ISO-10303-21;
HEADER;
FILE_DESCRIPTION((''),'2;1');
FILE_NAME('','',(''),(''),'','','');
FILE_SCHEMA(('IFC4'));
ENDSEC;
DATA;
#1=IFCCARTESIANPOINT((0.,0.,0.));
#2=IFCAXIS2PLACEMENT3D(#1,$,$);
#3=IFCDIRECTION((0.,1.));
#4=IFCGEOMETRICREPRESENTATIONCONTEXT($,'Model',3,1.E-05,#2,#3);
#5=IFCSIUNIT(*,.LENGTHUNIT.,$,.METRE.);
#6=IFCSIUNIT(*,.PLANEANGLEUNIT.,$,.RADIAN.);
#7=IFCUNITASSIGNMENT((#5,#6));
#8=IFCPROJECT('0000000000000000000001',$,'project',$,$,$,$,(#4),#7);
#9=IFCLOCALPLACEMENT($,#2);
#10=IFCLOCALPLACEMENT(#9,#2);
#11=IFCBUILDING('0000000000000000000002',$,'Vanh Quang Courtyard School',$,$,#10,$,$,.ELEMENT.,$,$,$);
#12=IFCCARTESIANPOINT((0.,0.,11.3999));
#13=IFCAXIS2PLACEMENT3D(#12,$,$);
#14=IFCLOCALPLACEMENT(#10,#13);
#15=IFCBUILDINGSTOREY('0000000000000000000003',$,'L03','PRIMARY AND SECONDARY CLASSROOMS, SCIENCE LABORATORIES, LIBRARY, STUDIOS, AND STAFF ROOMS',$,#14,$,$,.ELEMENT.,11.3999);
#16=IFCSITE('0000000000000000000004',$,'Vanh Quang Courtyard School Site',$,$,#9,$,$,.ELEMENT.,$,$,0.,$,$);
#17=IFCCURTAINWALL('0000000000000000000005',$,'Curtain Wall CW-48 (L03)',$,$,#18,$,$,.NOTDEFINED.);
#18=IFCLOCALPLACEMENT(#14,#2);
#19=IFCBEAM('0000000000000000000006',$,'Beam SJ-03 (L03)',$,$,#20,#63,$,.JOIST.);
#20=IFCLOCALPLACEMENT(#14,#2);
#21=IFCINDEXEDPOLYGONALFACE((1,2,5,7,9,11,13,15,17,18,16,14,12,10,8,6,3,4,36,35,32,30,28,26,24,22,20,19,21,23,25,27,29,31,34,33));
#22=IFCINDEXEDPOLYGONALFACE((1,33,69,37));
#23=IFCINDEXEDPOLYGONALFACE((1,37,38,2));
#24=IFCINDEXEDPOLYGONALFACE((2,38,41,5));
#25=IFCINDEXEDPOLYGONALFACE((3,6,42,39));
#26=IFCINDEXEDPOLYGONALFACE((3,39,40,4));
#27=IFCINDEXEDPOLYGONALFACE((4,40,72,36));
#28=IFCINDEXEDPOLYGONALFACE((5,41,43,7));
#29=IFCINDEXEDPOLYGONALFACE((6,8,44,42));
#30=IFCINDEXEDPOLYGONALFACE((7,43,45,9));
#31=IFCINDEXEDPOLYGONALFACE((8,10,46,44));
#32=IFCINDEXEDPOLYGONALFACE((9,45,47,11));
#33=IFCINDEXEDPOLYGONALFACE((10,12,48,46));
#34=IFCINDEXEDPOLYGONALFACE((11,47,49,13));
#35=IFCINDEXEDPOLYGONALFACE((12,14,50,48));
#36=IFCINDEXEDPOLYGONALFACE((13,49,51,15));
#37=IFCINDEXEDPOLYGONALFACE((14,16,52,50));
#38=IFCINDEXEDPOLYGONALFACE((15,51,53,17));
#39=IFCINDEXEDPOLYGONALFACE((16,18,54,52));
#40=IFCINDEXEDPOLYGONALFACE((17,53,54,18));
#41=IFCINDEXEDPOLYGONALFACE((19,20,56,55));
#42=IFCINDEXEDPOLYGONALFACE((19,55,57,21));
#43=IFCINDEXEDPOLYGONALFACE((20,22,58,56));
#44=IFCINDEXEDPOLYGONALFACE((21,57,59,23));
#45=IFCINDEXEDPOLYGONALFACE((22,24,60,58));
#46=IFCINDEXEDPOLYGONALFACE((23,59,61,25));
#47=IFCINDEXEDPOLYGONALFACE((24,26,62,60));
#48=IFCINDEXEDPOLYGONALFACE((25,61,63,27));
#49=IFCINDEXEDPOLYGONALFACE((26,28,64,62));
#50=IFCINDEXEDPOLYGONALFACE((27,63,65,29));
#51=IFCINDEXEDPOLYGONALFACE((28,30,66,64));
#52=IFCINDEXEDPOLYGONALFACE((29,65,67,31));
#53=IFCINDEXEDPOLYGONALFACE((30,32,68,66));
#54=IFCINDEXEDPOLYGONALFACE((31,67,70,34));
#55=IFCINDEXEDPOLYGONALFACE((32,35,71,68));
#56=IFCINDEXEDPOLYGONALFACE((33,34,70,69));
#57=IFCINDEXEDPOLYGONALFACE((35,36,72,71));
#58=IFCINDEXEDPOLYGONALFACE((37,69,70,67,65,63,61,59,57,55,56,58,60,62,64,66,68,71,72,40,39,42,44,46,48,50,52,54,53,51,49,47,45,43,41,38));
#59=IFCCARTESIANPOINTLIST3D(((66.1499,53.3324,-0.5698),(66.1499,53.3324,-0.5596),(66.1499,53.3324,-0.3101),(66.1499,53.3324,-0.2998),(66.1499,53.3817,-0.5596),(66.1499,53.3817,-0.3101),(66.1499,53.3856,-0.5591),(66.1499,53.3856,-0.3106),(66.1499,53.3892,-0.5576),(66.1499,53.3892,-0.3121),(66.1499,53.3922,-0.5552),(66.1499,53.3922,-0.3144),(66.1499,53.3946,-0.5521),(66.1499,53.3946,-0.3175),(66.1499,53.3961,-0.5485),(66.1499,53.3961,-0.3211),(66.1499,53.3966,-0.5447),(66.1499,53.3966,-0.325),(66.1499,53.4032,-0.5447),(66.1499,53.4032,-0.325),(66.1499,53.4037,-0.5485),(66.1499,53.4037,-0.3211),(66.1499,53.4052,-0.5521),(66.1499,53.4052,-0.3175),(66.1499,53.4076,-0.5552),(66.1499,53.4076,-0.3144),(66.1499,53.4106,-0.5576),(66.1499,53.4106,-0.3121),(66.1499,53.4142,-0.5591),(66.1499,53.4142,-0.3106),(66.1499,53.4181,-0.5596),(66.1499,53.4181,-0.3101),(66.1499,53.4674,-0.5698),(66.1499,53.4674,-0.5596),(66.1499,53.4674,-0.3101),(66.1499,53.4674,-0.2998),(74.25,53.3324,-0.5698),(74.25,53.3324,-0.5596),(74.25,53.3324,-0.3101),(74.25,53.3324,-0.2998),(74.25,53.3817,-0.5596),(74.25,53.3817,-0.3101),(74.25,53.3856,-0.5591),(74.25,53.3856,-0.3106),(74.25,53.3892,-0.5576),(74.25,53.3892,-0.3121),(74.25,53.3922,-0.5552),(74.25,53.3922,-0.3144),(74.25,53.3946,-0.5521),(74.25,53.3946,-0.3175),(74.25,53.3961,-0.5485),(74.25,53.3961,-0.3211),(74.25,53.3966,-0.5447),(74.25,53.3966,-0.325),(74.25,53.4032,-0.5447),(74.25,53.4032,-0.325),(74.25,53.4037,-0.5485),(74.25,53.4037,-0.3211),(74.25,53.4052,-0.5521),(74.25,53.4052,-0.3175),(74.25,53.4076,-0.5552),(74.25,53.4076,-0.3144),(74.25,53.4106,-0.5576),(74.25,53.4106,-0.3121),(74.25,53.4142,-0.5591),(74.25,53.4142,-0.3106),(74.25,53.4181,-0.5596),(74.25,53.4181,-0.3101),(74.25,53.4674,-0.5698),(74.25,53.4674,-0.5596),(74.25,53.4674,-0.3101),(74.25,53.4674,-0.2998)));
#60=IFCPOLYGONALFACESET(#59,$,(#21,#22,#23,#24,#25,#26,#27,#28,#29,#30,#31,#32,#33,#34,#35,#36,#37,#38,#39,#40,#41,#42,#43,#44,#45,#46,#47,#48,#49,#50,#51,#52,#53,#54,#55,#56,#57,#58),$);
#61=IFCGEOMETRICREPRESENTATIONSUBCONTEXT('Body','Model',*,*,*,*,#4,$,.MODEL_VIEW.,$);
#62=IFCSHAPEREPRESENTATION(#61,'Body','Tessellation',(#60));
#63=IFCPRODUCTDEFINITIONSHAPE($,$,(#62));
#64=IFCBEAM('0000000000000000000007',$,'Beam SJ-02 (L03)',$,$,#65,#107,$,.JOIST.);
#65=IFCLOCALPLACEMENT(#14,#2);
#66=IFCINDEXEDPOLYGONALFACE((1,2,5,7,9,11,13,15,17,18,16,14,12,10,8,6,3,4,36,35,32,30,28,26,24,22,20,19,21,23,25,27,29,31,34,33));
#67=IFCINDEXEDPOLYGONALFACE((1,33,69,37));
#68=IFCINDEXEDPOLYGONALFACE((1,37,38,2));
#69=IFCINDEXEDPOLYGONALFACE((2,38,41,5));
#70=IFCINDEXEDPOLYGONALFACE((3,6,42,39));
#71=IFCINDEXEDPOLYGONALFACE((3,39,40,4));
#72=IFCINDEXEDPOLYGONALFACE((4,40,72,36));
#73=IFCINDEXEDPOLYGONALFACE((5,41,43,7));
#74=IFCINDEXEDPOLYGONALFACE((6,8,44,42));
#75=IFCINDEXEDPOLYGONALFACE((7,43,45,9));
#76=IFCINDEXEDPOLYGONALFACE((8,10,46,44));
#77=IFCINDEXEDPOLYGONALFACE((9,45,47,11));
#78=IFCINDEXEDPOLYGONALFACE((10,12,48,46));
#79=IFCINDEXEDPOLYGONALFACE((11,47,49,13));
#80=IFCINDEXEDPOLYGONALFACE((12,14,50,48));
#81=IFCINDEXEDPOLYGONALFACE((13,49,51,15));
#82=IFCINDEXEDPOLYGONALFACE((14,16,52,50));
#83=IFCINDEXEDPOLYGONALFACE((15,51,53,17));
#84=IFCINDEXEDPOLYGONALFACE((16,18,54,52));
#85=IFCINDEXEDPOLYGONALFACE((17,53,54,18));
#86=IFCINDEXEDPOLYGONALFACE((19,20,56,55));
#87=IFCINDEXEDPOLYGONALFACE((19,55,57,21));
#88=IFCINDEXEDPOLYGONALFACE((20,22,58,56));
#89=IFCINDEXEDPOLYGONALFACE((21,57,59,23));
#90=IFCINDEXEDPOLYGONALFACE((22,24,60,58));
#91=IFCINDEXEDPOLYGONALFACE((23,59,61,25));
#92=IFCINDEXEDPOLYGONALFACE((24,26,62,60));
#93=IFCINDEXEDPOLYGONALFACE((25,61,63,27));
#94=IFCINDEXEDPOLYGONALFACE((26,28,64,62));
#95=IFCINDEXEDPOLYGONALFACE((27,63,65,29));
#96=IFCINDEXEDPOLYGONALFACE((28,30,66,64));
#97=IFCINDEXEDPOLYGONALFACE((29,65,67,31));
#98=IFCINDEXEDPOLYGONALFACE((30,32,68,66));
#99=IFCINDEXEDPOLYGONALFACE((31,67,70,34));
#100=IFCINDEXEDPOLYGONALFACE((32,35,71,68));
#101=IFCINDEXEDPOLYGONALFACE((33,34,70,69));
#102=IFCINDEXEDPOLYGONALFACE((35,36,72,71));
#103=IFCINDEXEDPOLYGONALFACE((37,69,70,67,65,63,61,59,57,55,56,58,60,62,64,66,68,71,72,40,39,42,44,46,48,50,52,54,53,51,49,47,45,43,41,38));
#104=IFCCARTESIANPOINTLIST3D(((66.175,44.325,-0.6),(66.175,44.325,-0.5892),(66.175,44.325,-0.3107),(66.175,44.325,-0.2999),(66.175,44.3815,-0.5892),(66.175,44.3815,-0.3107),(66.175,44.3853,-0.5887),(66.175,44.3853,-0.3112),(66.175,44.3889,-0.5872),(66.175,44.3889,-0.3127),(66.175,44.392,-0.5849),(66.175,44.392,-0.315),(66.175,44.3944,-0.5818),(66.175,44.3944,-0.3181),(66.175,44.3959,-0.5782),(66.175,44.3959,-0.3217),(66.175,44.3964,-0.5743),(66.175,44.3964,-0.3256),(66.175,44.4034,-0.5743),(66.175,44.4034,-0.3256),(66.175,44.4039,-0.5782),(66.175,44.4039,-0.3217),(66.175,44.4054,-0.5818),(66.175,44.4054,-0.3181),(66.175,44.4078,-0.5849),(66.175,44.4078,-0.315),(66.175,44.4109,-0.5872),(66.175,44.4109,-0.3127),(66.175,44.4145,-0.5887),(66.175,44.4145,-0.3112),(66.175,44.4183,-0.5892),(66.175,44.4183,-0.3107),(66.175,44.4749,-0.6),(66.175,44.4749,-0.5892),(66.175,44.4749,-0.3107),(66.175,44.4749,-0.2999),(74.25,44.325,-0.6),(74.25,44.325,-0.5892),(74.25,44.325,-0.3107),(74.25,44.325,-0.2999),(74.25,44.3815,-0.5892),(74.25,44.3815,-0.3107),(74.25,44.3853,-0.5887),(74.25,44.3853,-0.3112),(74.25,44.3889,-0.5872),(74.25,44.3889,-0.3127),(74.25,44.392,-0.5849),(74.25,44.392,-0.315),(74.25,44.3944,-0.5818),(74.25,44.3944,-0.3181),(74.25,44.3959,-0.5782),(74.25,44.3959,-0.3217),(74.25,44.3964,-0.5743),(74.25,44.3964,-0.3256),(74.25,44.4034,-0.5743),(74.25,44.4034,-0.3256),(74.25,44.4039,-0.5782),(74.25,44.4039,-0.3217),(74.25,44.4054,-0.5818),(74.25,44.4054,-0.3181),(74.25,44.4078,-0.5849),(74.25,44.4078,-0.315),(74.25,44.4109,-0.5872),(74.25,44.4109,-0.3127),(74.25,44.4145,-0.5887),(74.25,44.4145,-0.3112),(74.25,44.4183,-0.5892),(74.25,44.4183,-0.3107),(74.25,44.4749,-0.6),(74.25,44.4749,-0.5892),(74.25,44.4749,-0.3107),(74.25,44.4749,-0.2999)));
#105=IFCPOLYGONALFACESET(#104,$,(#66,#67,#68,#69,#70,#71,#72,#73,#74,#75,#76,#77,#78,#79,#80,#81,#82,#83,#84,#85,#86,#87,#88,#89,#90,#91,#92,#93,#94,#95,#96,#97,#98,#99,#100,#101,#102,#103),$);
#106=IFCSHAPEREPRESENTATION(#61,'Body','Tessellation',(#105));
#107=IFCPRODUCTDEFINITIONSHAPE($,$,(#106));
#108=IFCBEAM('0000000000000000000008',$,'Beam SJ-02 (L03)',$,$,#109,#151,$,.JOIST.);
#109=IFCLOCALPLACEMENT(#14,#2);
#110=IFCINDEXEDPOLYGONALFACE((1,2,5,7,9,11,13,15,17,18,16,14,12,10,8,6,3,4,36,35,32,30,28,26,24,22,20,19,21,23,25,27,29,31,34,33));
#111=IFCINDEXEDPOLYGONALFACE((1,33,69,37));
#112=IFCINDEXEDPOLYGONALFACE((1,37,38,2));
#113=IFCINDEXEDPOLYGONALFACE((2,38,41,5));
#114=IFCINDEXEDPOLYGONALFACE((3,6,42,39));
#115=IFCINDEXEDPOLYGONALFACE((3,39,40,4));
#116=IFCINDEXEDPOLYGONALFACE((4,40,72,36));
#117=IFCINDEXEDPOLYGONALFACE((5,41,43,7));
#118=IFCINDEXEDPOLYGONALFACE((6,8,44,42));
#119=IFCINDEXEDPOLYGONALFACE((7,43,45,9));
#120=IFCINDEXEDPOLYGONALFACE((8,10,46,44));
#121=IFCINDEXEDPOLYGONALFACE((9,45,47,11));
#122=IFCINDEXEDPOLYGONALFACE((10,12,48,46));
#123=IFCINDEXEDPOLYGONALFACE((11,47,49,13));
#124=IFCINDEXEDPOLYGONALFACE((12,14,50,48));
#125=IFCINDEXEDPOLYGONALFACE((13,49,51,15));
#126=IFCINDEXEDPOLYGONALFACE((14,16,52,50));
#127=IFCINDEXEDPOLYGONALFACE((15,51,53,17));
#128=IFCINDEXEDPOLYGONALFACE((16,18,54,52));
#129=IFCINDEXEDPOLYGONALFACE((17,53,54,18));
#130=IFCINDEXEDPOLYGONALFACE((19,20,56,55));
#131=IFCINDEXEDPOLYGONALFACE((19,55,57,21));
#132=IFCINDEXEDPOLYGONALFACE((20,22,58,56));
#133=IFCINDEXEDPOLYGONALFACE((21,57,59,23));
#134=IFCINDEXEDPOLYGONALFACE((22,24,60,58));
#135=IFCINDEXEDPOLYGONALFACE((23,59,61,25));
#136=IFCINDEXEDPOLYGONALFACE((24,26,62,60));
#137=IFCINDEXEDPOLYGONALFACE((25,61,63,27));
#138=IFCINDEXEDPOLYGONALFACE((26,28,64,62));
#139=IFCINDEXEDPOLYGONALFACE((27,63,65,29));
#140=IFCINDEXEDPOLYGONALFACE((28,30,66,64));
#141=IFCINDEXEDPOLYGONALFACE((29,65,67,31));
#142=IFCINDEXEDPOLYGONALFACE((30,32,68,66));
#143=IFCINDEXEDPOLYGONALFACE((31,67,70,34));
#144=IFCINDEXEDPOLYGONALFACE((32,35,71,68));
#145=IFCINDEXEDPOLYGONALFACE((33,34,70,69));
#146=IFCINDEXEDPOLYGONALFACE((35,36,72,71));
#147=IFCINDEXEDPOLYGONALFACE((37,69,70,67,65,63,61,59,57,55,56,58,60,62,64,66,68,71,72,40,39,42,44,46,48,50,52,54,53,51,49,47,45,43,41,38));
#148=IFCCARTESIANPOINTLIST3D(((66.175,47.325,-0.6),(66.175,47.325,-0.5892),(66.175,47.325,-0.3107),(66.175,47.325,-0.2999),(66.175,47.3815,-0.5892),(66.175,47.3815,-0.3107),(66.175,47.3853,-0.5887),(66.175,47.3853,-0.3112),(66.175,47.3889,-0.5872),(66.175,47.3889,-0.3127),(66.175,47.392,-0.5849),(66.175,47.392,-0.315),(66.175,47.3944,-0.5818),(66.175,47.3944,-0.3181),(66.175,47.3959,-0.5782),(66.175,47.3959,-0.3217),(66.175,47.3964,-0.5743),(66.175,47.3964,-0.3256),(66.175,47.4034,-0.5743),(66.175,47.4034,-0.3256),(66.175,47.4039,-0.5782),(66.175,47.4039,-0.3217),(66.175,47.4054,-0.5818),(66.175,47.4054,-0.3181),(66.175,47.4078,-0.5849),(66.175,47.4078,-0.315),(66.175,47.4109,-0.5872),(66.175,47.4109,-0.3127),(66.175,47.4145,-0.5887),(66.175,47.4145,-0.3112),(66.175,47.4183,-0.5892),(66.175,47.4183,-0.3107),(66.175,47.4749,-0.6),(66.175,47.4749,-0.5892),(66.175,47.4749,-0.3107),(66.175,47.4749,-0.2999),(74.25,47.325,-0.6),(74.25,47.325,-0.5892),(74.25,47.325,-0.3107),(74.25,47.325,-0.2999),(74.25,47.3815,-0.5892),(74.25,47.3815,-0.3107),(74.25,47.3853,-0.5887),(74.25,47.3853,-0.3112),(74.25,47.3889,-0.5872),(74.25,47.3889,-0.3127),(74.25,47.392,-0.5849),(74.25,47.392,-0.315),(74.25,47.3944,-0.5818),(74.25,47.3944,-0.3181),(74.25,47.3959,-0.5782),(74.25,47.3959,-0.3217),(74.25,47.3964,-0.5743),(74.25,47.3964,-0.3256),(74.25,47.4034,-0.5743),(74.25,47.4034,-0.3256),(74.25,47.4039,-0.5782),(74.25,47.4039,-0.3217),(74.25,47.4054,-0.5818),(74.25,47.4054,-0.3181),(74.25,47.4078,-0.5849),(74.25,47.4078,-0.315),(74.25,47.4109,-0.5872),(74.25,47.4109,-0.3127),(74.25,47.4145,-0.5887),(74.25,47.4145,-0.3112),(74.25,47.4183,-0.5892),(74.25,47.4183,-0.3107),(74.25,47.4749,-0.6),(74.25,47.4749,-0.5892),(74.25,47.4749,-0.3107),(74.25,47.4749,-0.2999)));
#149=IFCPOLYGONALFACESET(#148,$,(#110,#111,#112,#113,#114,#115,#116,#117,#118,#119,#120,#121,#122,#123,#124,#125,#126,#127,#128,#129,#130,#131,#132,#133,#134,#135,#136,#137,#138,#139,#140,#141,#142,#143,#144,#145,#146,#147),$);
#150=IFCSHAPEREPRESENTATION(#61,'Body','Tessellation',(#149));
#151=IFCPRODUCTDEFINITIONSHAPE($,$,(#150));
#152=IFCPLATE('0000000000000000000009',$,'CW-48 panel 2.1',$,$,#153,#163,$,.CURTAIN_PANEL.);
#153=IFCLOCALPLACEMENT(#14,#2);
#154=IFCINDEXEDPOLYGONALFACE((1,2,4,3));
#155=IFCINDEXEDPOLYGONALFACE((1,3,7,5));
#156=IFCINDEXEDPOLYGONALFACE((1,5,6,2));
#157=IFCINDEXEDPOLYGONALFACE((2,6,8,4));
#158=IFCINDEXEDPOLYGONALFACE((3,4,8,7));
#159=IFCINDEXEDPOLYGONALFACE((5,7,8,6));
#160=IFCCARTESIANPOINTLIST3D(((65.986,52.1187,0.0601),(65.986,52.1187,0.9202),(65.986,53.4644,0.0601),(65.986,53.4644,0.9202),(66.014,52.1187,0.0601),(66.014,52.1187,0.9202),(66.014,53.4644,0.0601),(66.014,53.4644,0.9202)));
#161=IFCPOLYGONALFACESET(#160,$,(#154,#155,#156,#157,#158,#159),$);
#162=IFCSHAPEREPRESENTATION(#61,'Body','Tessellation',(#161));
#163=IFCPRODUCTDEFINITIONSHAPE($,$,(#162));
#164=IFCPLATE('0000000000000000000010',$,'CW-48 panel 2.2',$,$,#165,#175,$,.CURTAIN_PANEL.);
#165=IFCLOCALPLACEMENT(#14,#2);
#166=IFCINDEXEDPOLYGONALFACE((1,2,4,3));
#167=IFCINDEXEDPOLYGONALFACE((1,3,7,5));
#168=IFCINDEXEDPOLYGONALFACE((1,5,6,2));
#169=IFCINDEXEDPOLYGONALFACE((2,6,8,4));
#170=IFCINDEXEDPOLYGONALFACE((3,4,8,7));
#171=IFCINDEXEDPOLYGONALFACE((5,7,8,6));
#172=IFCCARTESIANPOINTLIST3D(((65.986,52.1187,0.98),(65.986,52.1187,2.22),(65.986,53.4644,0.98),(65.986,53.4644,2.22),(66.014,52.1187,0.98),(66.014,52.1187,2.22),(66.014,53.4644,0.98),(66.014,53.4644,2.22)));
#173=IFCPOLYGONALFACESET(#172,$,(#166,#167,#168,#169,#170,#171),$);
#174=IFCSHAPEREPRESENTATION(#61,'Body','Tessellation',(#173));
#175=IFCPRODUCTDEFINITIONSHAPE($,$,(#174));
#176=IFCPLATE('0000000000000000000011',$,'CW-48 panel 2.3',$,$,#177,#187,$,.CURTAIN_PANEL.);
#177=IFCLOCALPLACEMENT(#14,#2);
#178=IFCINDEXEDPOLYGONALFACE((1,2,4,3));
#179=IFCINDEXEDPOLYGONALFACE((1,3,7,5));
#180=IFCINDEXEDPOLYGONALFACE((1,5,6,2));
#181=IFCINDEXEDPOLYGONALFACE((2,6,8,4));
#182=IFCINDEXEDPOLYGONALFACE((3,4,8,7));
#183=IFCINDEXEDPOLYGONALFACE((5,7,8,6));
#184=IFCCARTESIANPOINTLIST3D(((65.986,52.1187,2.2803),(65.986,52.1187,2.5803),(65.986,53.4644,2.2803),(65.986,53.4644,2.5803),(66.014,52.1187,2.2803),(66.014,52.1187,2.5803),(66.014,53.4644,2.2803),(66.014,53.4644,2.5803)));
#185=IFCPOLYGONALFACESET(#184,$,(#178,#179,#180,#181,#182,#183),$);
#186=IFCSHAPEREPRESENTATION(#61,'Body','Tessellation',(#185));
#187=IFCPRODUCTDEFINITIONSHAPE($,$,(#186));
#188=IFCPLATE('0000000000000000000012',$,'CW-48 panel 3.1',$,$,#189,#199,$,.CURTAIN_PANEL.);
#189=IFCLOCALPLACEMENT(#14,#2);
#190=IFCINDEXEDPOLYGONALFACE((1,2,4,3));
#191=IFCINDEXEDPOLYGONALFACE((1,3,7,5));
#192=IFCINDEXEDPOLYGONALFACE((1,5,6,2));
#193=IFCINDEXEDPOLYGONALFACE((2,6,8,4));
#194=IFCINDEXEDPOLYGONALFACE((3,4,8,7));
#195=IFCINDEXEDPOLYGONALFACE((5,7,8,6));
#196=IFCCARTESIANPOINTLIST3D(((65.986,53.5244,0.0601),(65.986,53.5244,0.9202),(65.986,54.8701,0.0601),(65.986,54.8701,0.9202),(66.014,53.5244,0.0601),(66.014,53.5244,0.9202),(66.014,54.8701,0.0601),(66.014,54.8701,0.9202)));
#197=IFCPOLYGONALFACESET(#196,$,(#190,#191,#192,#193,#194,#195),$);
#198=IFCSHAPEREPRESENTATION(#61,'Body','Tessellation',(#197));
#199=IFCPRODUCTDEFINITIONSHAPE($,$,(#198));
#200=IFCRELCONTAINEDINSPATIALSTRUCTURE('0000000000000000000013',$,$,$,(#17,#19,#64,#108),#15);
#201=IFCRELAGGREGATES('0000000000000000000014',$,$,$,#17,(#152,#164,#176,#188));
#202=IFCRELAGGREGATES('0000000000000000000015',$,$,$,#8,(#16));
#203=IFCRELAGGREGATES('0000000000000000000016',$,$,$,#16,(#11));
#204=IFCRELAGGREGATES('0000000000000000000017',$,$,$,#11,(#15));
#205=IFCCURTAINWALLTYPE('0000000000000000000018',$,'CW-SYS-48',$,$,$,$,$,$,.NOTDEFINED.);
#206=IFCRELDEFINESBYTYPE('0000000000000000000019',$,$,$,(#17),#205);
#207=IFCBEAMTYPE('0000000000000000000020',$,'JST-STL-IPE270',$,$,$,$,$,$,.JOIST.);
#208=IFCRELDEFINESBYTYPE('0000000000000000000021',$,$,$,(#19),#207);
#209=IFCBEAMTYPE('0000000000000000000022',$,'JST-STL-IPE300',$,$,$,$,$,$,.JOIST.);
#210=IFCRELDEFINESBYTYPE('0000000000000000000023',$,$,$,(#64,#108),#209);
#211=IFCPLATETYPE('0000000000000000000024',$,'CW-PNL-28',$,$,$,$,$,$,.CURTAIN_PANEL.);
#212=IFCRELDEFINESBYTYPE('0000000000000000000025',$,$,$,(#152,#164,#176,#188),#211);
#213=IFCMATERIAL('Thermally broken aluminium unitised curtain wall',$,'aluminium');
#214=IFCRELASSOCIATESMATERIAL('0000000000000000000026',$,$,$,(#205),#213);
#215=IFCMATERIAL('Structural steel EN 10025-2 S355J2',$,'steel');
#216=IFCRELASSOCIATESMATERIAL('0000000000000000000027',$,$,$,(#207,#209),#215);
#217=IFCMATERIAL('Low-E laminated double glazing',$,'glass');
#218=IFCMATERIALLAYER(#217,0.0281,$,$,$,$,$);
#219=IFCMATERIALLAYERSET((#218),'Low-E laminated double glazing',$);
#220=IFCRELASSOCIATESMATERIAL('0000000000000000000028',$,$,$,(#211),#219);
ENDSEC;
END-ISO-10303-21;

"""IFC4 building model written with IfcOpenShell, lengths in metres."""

from ifc_helpers import new_model, si_unit, direction, frame, origin, origin_2d, place, context, subcontext, project, spatial, rectangle, i_section, extrude, material, layer, layer_set, material_profile, profile_set, type_object, element, aggregate, save


model = new_model("IFC4")

# Units and contexts
model_context = context("Model", 3, precision=1e-05, world=origin(), true_north=direction((0.0, 1.0)))
body_context = subcontext(model_context, "Body", "Model", "MODEL_VIEW")
ifc_project = project(units=[si_unit("LENGTHUNIT", "METRE"), si_unit("PLANEANGLEUNIT", "RADIAN")], contexts=[model_context])

# Site, building, storey
site_placement = place(None, origin())
site = spatial("IfcSite", under=ifc_project, at=site_placement, Name="Vanh Quang Courtyard School Site", CompositionType="ELEMENT", RefElevation=0.0)
building_placement = place(site_placement, origin())
building = spatial("IfcBuilding", under=site, at=building_placement, Name="Vanh Quang Courtyard School", CompositionType="ELEMENT")
storey_placement = place(building_placement, frame((0.0, 0.0, 11.3999)))
storey = spatial("IfcBuildingStorey", under=building, at=storey_placement, Name="L03", Description="PRIMARY AND SECONDARY CLASSROOMS, SCIENCE LABORATORIES, LIBRARY, STUDIOS, AND STAFF ROOMS", CompositionType="ELEMENT", Elevation=11.3999)

# Curtain wall
ifc_material_1 = material(Name="Thermally broken aluminium unitised curtain wall", Category="aluminium")
curtain_wall_type = type_object("IfcCurtainWallType", Name="CW-SYS-48", PredefinedType="NOTDEFINED", material=ifc_material_1)
curtain_wall_placement = place(storey_placement, origin())
curtain_wall = element("IfcCurtainWall", 1, at=curtain_wall_placement, inside=storey, type_object=curtain_wall_type, Name="Curtain Wall CW-48 (L03)", PredefinedType="NOTDEFINED")

# Beams
ifc_material_2 = material(Name="Structural steel EN 10025-2 S355J2", Category="steel")
ifc_material_profile_1 = material_profile(ifc_material_2, i_section(OverallWidth=0.135, OverallDepth=0.27, WebThickness=0.0066, FlangeThickness=0.0103, FilletRadius=0.0149, at=origin_2d()), Name="IPE 270")
ifc_profile_set_1 = profile_set([ifc_material_profile_1], Name="Structural steel EN 10025-2 S355J2")
beam_type_1 = type_object("IfcBeamType", Name="JST-STL-IPE270", PredefinedType="JOIST", material=ifc_profile_set_1)
beam_placement = place(storey_placement, frame((66.1499, 53.3999, -0.4348), z_axis=(1.0, 0.0, 0.0), x_axis=(0.0, 1.0, 0.0)))
element("IfcBeam", 2, at=beam_placement, inside=storey, type_object=beam_type_1, Name="Beam SJ-03 (L03)", PredefinedType="JOIST", context=body_context, shape_type="SweptSolid", body=[
    extrude(i_section(OverallWidth=0.135, OverallDepth=0.27, WebThickness=0.0066, FlangeThickness=0.0103, FilletRadius=0.0149, at=origin_2d()), origin(), (0.0, 0.0, 1.0), 8.1001),
])
ifc_material_profile_2 = material_profile(ifc_material_2, i_section(OverallWidth=0.1499, OverallDepth=0.3, WebThickness=0.0071, FlangeThickness=0.0107, FilletRadius=0.0149, at=origin_2d()), Name="IPE 300")
ifc_profile_set_2 = profile_set([ifc_material_profile_2], Name="Structural steel EN 10025-2 S355J2")
beam_type_2 = type_object("IfcBeamType", Name="JST-STL-IPE300", PredefinedType="JOIST", material=ifc_profile_set_2)
for number, where, z_axis, x_axis, name in (
    (3, (66.175, 44.3999, -0.45), (1.0, 0.0, 0.0), (0.0, 1.0, 0.0), "Beam SJ-02 (L03)"),
    (4, (66.175, 47.3999, -0.45), (1.0, 0.0, 0.0), (0.0, 1.0, 0.0), "Beam SJ-02 (L03)"),
):
    element("IfcBeam", number, at=place(storey_placement, frame(where, z_axis=z_axis, x_axis=x_axis)), inside=storey, type_object=beam_type_2, Name=name, PredefinedType="JOIST", context=body_context, shape_type="SweptSolid", body=[
        extrude(i_section(OverallWidth=0.1499, OverallDepth=0.3, WebThickness=0.0071, FlangeThickness=0.0107, FilletRadius=0.0149, at=origin_2d()), origin(), (0.0, 0.0, 1.0), 8.075),
    ])

# Plates
ifc_material_3 = material(Name="Low-E laminated double glazing", Category="glass")
ifc_layer_1 = layer(ifc_material_3, 0.0281)
ifc_layer_set_1 = layer_set([ifc_layer_1], Name="Low-E laminated double glazing")
plate_type = type_object("IfcPlateType", Name="CW-PNL-28", PredefinedType="CURTAIN_PANEL", material=ifc_layer_set_1)
plate_1_placement = place(storey_placement, frame((66.0, 52.7915, 0.0601), z_axis=(0.0, 0.0, 1.0), x_axis=(0.0, 1.0, 0.0)))
plate_1 = element("IfcPlate", 5, at=plate_1_placement, type_object=plate_type, Name="CW-48 panel 2.1", PredefinedType="CURTAIN_PANEL", context=body_context, shape_type="SweptSolid", body=[
    extrude(rectangle(XDim=1.3457, YDim=0.0281, at=origin_2d()), origin(), (0.0, 0.0, 1.0), 0.8601),
])
plate_2_placement = place(storey_placement, frame((66.0, 52.7915, 0.98), z_axis=(0.0, 0.0, 1.0), x_axis=(0.0, 1.0, 0.0)))
plate_2 = element("IfcPlate", 6, at=plate_2_placement, type_object=plate_type, Name="CW-48 panel 2.2", PredefinedType="CURTAIN_PANEL", context=body_context, shape_type="SweptSolid", body=[
    extrude(rectangle(XDim=1.3457, YDim=0.0281, at=origin_2d()), origin(), (0.0, 0.0, 1.0), 1.24),
])
plate_3_placement = place(storey_placement, frame((66.0, 52.7915, 2.2803), z_axis=(0.0, 0.0, 1.0), x_axis=(0.0, 1.0, 0.0)))
plate_3 = element("IfcPlate", 7, at=plate_3_placement, type_object=plate_type, Name="CW-48 panel 2.3", PredefinedType="CURTAIN_PANEL", context=body_context, shape_type="SweptSolid", body=[
    extrude(rectangle(XDim=1.3457, YDim=0.0281, at=origin_2d()), origin(), (0.0, 0.0, 1.0), 0.3),
])
plate_4_placement = place(storey_placement, frame((66.0, 54.1973, 0.0601), z_axis=(0.0, 0.0, 1.0), x_axis=(0.0, 1.0, 0.0)))
plate_4 = element("IfcPlate", 8, at=plate_4_placement, type_object=plate_type, Name="CW-48 panel 3.1", PredefinedType="CURTAIN_PANEL", context=body_context, shape_type="SweptSolid", body=[
    extrude(rectangle(XDim=1.3457, YDim=0.0281, at=origin_2d()), origin(), (0.0, 0.0, 1.0), 0.8601),
])
aggregate(curtain_wall, [plate_1, plate_2, plate_3, plate_4])

save(model, "model.ifc")
